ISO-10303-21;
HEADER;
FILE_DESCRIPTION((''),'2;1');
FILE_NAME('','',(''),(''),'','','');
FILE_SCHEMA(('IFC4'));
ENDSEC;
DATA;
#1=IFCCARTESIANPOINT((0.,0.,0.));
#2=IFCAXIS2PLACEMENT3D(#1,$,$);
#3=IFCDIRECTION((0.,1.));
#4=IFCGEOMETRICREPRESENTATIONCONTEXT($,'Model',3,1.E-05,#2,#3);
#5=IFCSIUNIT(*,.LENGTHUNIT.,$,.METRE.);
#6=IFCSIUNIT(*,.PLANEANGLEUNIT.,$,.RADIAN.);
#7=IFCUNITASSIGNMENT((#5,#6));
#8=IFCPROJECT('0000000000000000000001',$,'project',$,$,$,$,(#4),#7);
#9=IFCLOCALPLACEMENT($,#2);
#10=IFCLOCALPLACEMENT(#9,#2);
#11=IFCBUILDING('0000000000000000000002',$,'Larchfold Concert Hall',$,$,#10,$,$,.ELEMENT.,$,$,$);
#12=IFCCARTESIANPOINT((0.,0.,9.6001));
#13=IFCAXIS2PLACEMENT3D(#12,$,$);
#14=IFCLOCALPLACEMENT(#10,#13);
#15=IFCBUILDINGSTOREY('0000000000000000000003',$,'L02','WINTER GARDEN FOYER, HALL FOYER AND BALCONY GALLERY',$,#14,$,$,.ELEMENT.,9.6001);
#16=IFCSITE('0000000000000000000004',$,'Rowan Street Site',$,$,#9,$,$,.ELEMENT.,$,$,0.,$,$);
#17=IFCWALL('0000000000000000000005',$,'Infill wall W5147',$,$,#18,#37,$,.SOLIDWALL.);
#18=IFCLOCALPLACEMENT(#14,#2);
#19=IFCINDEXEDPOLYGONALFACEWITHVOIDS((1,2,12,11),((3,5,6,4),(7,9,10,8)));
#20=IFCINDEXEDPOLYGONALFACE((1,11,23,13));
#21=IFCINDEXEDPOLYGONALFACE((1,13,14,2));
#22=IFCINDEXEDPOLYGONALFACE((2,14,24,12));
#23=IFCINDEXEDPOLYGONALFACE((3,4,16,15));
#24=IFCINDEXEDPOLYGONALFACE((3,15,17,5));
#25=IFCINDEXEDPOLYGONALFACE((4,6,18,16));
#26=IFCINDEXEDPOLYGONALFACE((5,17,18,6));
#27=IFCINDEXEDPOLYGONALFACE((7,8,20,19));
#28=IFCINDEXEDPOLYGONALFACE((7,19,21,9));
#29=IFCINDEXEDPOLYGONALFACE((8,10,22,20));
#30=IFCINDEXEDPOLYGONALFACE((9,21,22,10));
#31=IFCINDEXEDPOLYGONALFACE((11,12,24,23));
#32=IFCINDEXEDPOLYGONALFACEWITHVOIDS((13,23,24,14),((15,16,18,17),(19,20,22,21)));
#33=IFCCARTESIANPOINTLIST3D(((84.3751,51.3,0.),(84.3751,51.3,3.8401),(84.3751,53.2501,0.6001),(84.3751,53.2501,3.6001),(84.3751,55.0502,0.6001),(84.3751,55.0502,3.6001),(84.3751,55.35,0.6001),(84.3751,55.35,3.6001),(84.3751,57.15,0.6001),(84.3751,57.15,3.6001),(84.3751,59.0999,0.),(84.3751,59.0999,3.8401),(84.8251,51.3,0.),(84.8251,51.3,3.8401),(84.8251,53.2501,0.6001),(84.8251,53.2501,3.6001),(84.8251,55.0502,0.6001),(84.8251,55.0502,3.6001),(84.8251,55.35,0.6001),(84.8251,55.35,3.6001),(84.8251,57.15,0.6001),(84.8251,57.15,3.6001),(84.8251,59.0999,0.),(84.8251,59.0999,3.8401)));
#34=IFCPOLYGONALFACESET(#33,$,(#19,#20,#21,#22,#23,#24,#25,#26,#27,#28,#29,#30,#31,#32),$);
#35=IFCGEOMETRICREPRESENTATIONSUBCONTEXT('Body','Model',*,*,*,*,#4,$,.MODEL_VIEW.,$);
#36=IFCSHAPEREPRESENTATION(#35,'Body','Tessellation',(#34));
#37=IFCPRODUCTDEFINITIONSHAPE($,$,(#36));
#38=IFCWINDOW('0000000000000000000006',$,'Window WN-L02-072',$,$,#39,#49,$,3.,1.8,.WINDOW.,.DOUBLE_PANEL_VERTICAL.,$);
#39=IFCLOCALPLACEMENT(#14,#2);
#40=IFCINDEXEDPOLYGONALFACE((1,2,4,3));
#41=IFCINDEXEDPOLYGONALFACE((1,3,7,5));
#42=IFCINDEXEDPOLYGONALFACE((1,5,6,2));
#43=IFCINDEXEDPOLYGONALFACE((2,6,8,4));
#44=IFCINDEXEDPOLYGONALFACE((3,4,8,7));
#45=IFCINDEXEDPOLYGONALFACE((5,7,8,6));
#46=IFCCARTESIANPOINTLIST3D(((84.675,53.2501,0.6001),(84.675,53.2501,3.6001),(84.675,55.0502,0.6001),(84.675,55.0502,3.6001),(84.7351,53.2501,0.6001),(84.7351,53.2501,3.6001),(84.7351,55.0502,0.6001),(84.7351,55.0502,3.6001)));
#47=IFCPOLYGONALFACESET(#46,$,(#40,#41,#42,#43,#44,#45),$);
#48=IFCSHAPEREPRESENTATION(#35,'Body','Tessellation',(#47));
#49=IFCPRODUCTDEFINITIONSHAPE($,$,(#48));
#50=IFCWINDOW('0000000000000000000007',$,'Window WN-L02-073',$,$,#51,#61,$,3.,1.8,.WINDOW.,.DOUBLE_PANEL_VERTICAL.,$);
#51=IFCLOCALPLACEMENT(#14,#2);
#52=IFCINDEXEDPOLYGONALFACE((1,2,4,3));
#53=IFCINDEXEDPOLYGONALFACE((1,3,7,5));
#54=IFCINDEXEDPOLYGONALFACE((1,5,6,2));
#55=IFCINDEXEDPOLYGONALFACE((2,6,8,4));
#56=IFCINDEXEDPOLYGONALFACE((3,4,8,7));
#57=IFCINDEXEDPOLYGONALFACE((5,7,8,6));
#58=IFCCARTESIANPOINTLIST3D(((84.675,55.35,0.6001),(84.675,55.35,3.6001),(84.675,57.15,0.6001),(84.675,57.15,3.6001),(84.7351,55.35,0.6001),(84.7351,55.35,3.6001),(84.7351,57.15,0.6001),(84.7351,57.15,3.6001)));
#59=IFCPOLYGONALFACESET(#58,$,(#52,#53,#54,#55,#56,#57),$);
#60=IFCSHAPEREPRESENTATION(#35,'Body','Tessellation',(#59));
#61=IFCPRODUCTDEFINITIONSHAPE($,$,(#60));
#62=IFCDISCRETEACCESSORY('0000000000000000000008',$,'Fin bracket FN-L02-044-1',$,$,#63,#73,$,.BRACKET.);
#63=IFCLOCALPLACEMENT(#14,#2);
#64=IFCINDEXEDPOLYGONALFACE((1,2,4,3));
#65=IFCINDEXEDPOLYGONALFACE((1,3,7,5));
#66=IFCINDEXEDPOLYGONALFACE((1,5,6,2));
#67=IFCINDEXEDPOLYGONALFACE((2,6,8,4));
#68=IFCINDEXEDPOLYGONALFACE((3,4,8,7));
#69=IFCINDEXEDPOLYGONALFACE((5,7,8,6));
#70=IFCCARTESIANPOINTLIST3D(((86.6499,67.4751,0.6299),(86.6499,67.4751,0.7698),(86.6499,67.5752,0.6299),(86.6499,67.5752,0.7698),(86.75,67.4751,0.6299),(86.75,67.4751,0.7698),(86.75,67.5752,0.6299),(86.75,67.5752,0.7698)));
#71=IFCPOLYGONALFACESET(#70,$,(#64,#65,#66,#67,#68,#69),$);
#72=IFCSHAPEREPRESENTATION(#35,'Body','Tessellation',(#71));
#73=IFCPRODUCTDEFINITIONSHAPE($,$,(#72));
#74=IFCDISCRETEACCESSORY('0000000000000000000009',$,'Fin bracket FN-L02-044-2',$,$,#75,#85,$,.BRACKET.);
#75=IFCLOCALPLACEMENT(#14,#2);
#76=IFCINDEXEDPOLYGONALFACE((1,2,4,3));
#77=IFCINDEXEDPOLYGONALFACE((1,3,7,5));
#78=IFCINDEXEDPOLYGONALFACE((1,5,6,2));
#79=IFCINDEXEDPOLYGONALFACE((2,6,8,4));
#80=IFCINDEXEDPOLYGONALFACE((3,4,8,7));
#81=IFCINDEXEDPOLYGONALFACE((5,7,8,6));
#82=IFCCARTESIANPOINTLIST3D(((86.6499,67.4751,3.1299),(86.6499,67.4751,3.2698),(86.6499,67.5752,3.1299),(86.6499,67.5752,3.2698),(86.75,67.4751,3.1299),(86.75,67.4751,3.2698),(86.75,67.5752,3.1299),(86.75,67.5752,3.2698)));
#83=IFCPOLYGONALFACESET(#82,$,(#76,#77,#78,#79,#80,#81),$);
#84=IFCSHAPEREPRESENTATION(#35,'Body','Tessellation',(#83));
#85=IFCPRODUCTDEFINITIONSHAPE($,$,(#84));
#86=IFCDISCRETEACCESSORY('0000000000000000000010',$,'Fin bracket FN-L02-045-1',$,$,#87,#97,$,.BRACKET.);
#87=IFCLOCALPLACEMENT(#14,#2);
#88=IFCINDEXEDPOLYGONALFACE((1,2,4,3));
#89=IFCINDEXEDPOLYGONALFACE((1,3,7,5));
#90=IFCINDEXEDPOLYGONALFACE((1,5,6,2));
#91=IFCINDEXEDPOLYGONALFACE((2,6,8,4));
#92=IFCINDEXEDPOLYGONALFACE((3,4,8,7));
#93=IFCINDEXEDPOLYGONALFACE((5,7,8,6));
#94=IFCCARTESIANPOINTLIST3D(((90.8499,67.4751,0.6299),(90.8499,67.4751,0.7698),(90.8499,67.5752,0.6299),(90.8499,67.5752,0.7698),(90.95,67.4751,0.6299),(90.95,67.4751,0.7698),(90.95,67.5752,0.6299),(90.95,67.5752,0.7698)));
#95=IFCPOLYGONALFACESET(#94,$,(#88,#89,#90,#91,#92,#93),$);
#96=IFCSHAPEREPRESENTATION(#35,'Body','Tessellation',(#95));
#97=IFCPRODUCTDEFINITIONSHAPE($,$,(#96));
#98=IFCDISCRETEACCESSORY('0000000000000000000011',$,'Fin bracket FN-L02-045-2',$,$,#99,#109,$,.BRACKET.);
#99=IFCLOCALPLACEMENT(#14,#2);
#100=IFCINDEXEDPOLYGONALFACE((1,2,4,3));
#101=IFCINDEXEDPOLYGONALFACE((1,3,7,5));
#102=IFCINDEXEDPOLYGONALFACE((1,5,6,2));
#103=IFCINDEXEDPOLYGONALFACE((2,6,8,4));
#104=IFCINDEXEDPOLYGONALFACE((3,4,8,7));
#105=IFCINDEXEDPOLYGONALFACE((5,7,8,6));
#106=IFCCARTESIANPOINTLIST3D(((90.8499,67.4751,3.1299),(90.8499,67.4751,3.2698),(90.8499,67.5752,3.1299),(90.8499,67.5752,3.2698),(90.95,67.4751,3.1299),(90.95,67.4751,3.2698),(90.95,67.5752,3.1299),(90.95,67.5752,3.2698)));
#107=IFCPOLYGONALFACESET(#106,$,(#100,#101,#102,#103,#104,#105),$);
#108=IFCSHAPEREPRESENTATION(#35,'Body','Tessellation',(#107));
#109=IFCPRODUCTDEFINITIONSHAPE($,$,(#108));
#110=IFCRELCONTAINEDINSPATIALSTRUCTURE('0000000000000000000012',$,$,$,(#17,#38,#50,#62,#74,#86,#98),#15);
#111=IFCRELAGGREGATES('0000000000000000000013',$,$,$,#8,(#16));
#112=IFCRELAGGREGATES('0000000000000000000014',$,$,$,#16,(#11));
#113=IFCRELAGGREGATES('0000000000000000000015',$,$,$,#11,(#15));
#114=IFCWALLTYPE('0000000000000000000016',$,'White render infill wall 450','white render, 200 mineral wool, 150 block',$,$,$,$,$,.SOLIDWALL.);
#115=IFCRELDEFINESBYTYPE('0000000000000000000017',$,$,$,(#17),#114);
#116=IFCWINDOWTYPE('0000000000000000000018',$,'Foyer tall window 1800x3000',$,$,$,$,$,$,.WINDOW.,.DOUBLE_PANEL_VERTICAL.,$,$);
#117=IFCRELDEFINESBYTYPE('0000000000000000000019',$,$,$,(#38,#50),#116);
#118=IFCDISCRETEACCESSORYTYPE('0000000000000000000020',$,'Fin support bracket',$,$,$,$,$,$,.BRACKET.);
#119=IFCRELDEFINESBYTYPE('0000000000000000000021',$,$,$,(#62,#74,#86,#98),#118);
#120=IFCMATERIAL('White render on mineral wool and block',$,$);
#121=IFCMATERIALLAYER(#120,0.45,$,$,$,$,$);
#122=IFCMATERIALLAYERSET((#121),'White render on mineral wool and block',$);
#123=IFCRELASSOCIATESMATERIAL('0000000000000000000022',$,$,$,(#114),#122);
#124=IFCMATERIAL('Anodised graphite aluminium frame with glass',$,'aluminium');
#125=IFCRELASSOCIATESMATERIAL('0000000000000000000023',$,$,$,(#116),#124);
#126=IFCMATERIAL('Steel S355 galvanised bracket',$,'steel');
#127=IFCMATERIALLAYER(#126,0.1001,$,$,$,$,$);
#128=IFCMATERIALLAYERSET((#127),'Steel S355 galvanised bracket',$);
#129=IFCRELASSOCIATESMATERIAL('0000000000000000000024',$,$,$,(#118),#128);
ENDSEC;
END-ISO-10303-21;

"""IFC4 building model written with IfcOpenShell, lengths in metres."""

from ifc_helpers import new_model, si_unit, direction, frame, frame_2d, origin, origin_2d, place, context, subcontext, project, spatial, rectangle, extrude, material, layer, layer_set, type_object, element, fill, save


model = new_model("IFC4")

# Units and contexts
model_context = context("Model", 3, precision=1e-05, world=origin(), true_north=direction((0.0, 1.0)))
body_context = subcontext(model_context, "Body", "Model", "MODEL_VIEW")
ifc_project = project(units=[si_unit("LENGTHUNIT", "METRE"), si_unit("PLANEANGLEUNIT", "RADIAN")], contexts=[model_context])

# Site, building, storey
site_placement = place(None, origin())
site = spatial("IfcSite", under=ifc_project, at=site_placement, Name="Rowan Street Site", CompositionType="ELEMENT", RefElevation=0.0)
building_placement = place(site_placement, origin())
building = spatial("IfcBuilding", under=site, at=building_placement, Name="Larchfold Concert Hall", CompositionType="ELEMENT")
storey_placement = place(building_placement, frame((0.0, 0.0, 9.6001)))
storey = spatial("IfcBuildingStorey", under=building, at=storey_placement, Name="L02", Description="WINTER GARDEN FOYER, HALL FOYER AND BALCONY GALLERY", CompositionType="ELEMENT", Elevation=9.6001)

# Wall, openings, windows
ifc_material_1 = material(Name="White render on mineral wool and block")
ifc_layer_1 = layer(ifc_material_1, 0.45)
ifc_layer_set_1 = layer_set([ifc_layer_1], Name="White render on mineral wool and block")
wall_type = type_object("IfcWallType", Name="White render infill wall 450", Description="white render, 200 mineral wool, 150 block", PredefinedType="SOLIDWALL", material=ifc_layer_set_1)
ifc_material_2 = material(Name="Anodised graphite aluminium frame with glass", Category="aluminium")
window_type_1 = type_object("IfcWindowType", Name="Foyer tall window 1800x3000", PartitioningType="DOUBLE_PANEL_VERTICAL", PredefinedType="WINDOW", material=ifc_material_2)
wall_1_placement = place(storey_placement, frame((84.6001, 59.0999, 0.0), z_axis=(0.0, 0.0, 1.0), x_axis=(0.0, -1.0, 0.0)))
wall_1 = element("IfcWall", 1, at=wall_1_placement, inside=storey, type_object=wall_type, Name="Infill wall W5147", PredefinedType="SOLIDWALL", context=body_context, shape_type="SweptSolid", body=[
    extrude(rectangle(XDim=7.7998, YDim=0.45, at=frame_2d((3.8999, 0.0))), origin(), (0.0, 0.0, 1.0), 3.8401),
])
opening_1_placement = place(wall_1_placement, frame((4.0498, 0.0, 0.6001)))
opening_1 = element("IfcOpeningElement", 2, at=opening_1_placement, cuts=wall_1, PredefinedType="OPENING", context=body_context, shape_type="SweptSolid", body=[
    extrude(rectangle(XDim=1.8, YDim=3.0, at=frame_2d((0.8999, 1.5))), frame((0.0, 0.2349, 0.0), z_axis=(0.0, -1.0, 0.0), x_axis=(1.0, 0.0, 0.0)), (0.0, 0.0, 1.0), 0.47),
])
opening_2_placement = place(wall_1_placement, frame((1.95, 0.0, 0.6001)))
opening_2 = element("IfcOpeningElement", 3, at=opening_2_placement, cuts=wall_1, PredefinedType="OPENING", context=body_context, shape_type="SweptSolid", body=[
    extrude(rectangle(XDim=1.8, YDim=3.0, at=frame_2d((0.8999, 1.5))), frame((0.0, 0.2349, 0.0), z_axis=(0.0, -1.0, 0.0), x_axis=(1.0, 0.0, 0.0)), (0.0, 0.0, 1.0), 0.47),
])
window_1_placement = place(opening_1_placement, origin())
window_1 = element("IfcWindow", 4, at=window_1_placement, inside=storey, type_object=window_type_1, Name="Window WN-L02-072", OverallHeight=3.0, OverallWidth=1.8, PartitioningType="DOUBLE_PANEL_VERTICAL", PredefinedType="WINDOW", context=body_context, shape_type="SweptSolid", body=[
    extrude(rectangle(XDim=1.8, YDim=3.0, at=frame_2d((0.8999, 1.5))), frame((0.0, 0.135, 0.0), z_axis=(0.0, -1.0, 0.0), x_axis=(1.0, 0.0, 0.0)), (0.0, 0.0, 1.0), 0.0601),
])
fill(opening_1, window_1)
window_2_placement = place(opening_2_placement, origin())
window_2 = element("IfcWindow", 5, at=window_2_placement, inside=storey, type_object=window_type_1, Name="Window WN-L02-073", OverallHeight=3.0, OverallWidth=1.8, PartitioningType="DOUBLE_PANEL_VERTICAL", PredefinedType="WINDOW", context=body_context, shape_type="SweptSolid", body=[
    extrude(rectangle(XDim=1.8, YDim=3.0, at=frame_2d((0.8999, 1.5))), frame((0.0, 0.135, 0.0), z_axis=(0.0, -1.0, 0.0), x_axis=(1.0, 0.0, 0.0)), (0.0, 0.0, 1.0), 0.0601),
])
fill(opening_2, window_2)

# Discrete accessories
ifc_material_3 = material(Name="Steel S355 galvanised bracket", Category="steel")
ifc_layer_2 = layer(ifc_material_3, 0.1001)
ifc_layer_set_2 = layer_set([ifc_layer_2], Name="Steel S355 galvanised bracket")
discrete_accessory_type = type_object("IfcDiscreteAccessoryType", Name="Fin support bracket", PredefinedType="BRACKET", material=ifc_layer_set_2)
for number, where, z_axis, x_axis, name in (
    (6, (86.7, 67.5251, 0.6299), (0.0, 0.0, 1.0), (0.0, -1.0, 0.0), "Fin bracket FN-L02-044-1"),
    (7, (86.7, 67.5251, 3.1299), (0.0, 0.0, 1.0), (0.0, -1.0, 0.0), "Fin bracket FN-L02-044-2"),
    (8, (90.8999, 67.5251, 0.6299), (0.0, 0.0, 1.0), (0.0, -1.0, 0.0), "Fin bracket FN-L02-045-1"),
    (9, (90.8999, 67.5251, 3.1299), (0.0, 0.0, 1.0), (0.0, -1.0, 0.0), "Fin bracket FN-L02-045-2"),
):
    element("IfcDiscreteAccessory", number, at=place(storey_placement, frame(where, z_axis=z_axis, x_axis=x_axis)), inside=storey, type_object=discrete_accessory_type, Name=name, PredefinedType="BRACKET", context=body_context, shape_type="SweptSolid", body=[
        extrude(rectangle(XDim=0.1001, YDim=0.1001, at=origin_2d()), origin(), (0.0, 0.0, 1.0), 0.1399),
    ])

save(model, "model.ifc")
